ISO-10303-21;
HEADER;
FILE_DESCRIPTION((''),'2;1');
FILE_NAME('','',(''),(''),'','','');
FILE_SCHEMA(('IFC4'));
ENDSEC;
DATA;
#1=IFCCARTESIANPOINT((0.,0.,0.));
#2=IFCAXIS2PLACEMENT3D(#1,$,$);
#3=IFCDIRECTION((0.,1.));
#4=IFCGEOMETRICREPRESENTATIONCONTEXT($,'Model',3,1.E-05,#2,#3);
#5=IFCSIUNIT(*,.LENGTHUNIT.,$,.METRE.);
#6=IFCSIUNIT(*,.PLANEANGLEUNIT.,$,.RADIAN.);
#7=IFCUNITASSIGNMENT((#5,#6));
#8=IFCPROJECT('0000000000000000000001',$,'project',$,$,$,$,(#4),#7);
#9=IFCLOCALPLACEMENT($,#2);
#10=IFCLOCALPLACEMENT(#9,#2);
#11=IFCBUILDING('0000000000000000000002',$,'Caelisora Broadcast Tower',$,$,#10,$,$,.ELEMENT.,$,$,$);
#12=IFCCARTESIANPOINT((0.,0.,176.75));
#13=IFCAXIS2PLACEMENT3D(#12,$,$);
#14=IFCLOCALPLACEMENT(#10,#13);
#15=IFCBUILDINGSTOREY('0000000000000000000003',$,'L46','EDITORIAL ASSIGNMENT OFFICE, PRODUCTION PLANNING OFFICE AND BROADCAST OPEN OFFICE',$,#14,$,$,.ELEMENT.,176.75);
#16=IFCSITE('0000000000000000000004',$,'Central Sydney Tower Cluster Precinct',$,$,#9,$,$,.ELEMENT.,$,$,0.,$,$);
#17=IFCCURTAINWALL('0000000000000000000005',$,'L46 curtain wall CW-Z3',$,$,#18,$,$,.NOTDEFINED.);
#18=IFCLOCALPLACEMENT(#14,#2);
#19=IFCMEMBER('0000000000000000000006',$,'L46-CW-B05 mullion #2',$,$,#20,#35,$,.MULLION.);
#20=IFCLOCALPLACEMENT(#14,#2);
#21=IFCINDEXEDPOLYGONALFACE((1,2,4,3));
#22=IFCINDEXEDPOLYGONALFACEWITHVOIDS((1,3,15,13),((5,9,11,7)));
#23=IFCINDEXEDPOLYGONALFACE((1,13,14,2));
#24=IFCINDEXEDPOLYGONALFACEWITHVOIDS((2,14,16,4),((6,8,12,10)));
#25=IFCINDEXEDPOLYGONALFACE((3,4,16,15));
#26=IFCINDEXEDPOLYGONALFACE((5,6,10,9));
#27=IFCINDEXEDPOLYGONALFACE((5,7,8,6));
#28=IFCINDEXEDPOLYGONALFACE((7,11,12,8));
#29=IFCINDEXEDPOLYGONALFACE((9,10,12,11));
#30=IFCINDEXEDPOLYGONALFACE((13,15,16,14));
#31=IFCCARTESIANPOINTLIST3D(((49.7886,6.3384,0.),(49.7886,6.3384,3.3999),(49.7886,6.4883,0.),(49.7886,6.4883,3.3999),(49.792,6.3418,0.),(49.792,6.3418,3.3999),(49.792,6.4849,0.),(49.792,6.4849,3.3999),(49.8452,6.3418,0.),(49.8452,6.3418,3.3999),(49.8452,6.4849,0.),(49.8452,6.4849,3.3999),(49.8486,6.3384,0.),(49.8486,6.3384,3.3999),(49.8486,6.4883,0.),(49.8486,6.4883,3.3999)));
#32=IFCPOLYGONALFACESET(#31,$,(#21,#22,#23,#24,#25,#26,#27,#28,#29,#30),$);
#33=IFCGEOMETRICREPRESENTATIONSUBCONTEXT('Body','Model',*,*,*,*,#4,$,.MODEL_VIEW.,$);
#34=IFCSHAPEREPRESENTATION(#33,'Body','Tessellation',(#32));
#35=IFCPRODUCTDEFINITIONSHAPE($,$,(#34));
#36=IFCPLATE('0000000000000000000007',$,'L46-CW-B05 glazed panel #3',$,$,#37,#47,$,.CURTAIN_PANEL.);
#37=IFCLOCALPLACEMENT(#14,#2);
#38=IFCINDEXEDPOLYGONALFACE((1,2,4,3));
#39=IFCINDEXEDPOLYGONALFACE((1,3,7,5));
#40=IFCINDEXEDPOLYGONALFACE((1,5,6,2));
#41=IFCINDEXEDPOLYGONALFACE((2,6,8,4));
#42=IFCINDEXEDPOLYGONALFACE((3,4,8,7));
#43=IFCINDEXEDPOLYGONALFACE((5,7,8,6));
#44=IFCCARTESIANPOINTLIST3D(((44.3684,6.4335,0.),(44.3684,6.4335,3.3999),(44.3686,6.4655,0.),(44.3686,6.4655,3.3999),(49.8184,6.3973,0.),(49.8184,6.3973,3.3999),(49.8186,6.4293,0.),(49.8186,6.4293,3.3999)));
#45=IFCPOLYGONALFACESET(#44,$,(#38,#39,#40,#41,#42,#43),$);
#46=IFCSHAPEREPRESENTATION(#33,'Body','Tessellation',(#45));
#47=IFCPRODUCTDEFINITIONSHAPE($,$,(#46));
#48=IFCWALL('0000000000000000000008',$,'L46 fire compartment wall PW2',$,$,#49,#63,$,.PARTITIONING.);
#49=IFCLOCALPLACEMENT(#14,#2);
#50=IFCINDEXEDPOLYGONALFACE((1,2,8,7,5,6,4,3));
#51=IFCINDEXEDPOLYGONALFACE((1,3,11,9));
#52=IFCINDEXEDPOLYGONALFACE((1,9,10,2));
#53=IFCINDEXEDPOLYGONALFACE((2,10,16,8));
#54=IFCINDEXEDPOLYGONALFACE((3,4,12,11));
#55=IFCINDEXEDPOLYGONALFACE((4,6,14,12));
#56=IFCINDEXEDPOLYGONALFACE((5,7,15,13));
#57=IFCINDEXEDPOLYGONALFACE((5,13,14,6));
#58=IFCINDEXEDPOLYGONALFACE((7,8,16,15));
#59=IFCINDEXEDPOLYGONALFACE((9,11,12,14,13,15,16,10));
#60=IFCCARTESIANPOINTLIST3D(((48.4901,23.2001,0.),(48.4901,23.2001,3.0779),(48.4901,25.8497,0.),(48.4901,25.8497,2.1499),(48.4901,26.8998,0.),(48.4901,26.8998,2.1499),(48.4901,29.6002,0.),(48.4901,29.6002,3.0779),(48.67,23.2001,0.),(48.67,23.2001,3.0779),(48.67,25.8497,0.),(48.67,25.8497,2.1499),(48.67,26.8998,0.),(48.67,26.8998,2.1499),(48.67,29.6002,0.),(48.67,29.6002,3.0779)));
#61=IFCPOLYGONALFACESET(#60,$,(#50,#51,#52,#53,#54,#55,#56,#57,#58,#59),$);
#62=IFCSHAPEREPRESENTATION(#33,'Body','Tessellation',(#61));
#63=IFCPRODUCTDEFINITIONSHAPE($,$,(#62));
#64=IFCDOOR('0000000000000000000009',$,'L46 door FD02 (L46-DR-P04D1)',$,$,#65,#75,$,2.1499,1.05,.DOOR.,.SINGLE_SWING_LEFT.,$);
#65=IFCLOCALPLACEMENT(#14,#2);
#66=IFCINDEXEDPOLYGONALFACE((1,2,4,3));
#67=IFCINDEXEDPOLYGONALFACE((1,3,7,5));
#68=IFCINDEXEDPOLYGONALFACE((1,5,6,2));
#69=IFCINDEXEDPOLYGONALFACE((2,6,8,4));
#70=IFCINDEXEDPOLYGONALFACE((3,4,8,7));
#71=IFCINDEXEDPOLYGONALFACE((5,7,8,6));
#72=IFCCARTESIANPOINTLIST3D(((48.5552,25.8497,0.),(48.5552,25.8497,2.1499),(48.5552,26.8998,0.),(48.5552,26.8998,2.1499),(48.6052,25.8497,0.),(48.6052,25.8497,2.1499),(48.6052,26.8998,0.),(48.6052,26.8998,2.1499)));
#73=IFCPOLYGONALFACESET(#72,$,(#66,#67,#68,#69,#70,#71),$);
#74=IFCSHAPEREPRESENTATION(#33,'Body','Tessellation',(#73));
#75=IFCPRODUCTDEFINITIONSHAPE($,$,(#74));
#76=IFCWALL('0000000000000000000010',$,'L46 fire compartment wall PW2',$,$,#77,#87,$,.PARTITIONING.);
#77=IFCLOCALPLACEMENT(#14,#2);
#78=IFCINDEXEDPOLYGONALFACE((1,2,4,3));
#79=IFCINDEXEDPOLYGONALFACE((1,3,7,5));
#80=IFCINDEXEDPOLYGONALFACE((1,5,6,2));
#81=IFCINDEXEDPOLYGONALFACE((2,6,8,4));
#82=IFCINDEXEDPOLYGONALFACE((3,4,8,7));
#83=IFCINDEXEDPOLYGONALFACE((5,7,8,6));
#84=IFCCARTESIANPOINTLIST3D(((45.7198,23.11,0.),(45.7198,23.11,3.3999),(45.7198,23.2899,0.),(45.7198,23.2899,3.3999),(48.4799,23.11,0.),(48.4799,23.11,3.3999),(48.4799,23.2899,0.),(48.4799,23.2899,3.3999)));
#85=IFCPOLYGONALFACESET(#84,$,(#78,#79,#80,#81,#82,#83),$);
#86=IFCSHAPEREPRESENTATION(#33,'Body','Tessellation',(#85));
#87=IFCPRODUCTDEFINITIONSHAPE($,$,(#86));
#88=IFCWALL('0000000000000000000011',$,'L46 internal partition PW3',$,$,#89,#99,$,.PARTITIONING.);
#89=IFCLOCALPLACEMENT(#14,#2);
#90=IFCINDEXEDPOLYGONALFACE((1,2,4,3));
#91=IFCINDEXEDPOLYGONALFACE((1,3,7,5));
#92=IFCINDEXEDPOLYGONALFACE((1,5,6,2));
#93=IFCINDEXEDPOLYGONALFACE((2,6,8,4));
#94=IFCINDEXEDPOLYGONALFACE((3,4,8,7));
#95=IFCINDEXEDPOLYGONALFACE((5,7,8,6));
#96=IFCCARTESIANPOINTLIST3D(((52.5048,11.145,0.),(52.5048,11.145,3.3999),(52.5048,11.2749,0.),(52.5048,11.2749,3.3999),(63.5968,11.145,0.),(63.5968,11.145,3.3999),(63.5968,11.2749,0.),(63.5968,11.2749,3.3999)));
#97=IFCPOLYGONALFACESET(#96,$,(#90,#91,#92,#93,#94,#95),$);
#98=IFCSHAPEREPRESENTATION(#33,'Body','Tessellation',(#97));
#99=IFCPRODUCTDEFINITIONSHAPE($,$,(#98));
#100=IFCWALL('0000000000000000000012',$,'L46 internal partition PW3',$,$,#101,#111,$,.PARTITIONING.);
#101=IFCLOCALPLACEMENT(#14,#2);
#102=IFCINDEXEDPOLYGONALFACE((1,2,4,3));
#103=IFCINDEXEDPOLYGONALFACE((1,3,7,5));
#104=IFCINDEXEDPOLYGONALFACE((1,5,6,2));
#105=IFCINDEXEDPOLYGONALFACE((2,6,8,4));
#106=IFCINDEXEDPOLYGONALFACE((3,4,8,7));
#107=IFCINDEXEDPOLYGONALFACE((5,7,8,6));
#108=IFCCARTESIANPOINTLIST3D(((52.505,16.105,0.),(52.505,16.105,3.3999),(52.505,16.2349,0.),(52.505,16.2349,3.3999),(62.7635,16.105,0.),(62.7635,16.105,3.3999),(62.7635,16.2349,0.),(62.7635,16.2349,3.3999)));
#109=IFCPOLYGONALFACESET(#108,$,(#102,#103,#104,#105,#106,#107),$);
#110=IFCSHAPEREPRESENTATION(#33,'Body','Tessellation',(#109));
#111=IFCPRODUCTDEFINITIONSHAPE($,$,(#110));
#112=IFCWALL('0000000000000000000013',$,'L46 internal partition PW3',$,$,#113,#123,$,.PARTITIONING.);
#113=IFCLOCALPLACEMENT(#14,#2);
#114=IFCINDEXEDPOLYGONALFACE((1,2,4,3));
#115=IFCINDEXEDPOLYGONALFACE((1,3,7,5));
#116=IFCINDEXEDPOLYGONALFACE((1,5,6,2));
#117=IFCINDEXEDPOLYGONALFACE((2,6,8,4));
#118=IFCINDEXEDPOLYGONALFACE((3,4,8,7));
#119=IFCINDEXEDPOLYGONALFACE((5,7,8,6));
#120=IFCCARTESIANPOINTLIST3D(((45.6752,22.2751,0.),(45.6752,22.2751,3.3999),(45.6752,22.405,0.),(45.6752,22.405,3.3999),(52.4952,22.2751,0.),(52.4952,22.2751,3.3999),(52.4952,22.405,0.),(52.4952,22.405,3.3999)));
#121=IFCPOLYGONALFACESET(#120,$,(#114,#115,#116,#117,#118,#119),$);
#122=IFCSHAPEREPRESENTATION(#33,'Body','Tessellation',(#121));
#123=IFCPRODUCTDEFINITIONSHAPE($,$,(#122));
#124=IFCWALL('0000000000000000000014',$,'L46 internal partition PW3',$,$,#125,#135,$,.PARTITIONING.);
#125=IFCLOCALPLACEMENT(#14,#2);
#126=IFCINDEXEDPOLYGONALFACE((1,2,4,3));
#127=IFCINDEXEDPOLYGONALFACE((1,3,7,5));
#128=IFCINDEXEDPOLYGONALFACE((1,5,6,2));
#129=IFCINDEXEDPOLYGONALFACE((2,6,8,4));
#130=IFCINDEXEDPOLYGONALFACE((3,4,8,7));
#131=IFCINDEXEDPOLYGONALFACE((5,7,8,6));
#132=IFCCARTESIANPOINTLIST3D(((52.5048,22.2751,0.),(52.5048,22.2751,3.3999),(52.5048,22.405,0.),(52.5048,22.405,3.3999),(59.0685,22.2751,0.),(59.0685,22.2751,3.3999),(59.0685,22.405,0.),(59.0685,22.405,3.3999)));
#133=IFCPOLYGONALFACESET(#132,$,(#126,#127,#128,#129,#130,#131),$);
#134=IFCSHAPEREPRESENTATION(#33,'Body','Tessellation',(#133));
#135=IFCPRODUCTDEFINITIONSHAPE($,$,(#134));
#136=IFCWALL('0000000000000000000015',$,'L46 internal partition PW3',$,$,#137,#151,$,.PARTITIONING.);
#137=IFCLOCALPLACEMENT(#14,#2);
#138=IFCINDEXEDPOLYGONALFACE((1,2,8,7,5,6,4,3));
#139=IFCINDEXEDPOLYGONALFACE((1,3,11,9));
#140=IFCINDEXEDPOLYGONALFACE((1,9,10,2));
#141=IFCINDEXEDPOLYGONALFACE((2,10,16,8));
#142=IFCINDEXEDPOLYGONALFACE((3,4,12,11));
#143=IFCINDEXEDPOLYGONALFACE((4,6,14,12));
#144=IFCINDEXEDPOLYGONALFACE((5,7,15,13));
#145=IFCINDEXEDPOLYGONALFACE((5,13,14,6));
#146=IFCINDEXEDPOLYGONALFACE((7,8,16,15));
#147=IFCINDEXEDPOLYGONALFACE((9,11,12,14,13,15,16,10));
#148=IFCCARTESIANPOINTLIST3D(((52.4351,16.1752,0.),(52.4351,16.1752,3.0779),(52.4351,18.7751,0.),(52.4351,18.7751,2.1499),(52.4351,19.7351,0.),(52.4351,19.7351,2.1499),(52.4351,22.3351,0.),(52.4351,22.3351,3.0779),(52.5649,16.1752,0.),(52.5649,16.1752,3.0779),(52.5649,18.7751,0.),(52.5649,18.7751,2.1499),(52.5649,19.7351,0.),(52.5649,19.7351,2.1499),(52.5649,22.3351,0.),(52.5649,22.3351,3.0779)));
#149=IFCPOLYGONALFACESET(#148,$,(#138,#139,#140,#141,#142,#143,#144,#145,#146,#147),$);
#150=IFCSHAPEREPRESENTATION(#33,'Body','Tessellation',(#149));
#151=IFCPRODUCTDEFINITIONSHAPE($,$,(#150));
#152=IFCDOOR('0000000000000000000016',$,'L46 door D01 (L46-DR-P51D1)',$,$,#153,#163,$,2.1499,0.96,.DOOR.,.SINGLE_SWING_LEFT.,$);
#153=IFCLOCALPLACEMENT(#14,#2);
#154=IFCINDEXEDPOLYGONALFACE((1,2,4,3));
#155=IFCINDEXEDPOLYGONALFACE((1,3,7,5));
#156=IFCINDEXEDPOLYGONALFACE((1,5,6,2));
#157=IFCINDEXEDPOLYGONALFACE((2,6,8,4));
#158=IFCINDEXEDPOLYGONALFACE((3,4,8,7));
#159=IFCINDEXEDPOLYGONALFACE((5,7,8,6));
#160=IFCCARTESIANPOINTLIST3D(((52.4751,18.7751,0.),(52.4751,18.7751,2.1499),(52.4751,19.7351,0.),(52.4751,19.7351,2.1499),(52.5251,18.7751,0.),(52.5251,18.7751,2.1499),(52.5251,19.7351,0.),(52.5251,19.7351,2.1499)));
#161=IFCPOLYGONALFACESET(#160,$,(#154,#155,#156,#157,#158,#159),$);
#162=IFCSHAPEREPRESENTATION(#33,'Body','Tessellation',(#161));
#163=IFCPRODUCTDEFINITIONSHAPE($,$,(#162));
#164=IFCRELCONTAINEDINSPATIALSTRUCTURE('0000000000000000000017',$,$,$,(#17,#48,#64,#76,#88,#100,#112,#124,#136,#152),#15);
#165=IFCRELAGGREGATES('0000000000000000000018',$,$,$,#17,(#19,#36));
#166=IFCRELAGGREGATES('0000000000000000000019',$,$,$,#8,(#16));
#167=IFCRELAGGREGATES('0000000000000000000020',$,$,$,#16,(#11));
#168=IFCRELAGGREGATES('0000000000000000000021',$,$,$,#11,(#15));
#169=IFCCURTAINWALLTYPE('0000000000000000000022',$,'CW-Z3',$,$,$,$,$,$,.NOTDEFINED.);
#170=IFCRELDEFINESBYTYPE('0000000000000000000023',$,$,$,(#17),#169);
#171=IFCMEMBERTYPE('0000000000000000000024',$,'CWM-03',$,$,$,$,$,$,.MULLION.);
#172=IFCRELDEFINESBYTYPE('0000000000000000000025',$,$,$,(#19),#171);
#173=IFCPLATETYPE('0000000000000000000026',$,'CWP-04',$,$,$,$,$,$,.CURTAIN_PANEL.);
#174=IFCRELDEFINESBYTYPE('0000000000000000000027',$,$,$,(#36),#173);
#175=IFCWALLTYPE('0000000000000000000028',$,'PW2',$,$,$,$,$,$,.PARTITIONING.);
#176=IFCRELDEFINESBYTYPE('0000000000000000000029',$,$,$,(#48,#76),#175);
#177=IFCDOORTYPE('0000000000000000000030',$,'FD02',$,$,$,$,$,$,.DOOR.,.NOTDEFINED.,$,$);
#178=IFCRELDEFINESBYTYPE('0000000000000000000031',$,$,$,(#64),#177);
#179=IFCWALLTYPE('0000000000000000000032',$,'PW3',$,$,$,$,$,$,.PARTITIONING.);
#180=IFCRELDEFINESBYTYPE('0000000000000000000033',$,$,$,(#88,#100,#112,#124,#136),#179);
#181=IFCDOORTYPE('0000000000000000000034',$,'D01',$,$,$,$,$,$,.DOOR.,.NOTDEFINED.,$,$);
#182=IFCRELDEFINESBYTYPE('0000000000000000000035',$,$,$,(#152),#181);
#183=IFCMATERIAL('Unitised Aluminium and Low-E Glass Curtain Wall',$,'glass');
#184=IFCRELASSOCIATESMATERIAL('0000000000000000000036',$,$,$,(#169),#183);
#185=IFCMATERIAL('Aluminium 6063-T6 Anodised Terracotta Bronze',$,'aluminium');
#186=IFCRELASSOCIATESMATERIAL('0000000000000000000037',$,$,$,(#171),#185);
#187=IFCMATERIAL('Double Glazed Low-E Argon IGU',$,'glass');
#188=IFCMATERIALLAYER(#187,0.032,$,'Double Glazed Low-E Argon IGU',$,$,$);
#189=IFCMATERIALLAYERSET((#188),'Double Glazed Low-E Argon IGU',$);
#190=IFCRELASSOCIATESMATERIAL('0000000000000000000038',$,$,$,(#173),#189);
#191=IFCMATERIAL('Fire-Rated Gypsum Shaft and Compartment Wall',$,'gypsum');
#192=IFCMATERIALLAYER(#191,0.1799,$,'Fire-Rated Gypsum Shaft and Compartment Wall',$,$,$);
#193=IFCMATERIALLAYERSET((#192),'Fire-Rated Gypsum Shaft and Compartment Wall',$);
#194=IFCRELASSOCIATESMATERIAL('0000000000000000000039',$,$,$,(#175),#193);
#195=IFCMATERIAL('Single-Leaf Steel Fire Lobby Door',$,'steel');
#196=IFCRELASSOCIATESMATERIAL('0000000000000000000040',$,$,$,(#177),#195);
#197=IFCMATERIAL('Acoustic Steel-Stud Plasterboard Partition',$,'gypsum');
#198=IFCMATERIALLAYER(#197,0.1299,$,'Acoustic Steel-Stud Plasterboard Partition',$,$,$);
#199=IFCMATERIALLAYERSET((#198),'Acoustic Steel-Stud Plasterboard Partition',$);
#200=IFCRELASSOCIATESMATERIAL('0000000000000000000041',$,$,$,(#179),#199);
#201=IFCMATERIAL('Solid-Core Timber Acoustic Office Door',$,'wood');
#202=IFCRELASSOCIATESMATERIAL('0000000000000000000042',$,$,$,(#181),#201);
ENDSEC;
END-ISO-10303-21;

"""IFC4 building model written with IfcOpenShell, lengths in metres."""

from ifc_helpers import new_model, si_unit, direction, frame, frame_2d, origin, origin_2d, place, context, subcontext, project, spatial, rectangle, hollow_rectangle, extrude, source, transform, mapped, material, layer, layer_set, material_profile, profile_set, type_object, type_shapes, element, fill, aggregate, save


model = new_model("IFC4")

# Units and contexts
model_context = context("Model", 3, precision=1e-05, world=origin(), true_north=direction((0.0, 1.0)))
body_context = subcontext(model_context, "Body", "Model", "MODEL_VIEW")
ifc_project = project(units=[si_unit("LENGTHUNIT", "METRE"), si_unit("PLANEANGLEUNIT", "RADIAN")], contexts=[model_context])

# Site, building, storey
site_placement = place(None, origin())
site = spatial("IfcSite", under=ifc_project, at=site_placement, Name="Central Sydney Tower Cluster Precinct", CompositionType="ELEMENT", RefElevation=0.0)
building_placement = place(site_placement, origin())
building = spatial("IfcBuilding", under=site, at=building_placement, Name="Caelisora Broadcast Tower", CompositionType="ELEMENT")
storey_placement = place(building_placement, frame((0.0, 0.0, 176.75)))
storey = spatial("IfcBuildingStorey", under=building, at=storey_placement, Name="L46", Description="EDITORIAL ASSIGNMENT OFFICE, PRODUCTION PLANNING OFFICE AND BROADCAST OPEN OFFICE", CompositionType="ELEMENT", Elevation=176.75)

# Curtain wall, member, plate
ifc_material_1 = material(Name="Unitised Aluminium and Low-E Glass Curtain Wall", Category="glass")
curtain_wall_type = type_object("IfcCurtainWallType", Name="CW-Z3", PredefinedType="NOTDEFINED", material=ifc_material_1)
curtain_wall_placement = place(storey_placement, origin())
curtain_wall = element("IfcCurtainWall", 1, at=curtain_wall_placement, inside=storey, type_object=curtain_wall_type, Name="L46 curtain wall CW-Z3", PredefinedType="NOTDEFINED")
ifc_material_2 = material(Name="Aluminium 6063-T6 Anodised Terracotta Bronze", Category="aluminium")
ifc_material_profile_1 = material_profile(ifc_material_2, hollow_rectangle(XDim=0.0601, YDim=0.1499, WallThickness=0.0034, at=origin_2d()), Name="Aluminium 6063-T6 Anodised Terracotta Bronze")
ifc_profile_set_1 = profile_set([ifc_material_profile_1], Name="Aluminium 6063-T6 Anodised Terracotta Bronze")
member_type = type_object("IfcMemberType", Name="CWM-03", PredefinedType="MULLION", material=ifc_profile_set_1)
shared_shape_1 = source(origin(), body_context, "Body", "SweptSolid", [
    extrude(hollow_rectangle(XDim=0.0601, YDim=0.1499, WallThickness=0.0034, at=origin_2d()), origin(), (0.0, 0.0, 1.0), 3.3999),
])
type_shapes(member_type, [shared_shape_1])
member_placement = place(storey_placement, frame((49.8186, 6.4133, 0.0), z_axis=(0.0, 0.0, 1.0), x_axis=(1.0, 0.0, 0.0)))
member = element("IfcMember", 2, at=member_placement, type_object=member_type, Name="L46-CW-B05 mullion #2", PredefinedType="MULLION", context=body_context, shape_type="MappedRepresentation", body=[
    mapped(shared_shape_1, transform((0.0, 0.0, 0.0), scale=1.0)),
])
ifc_material_3 = material(Name="Double Glazed Low-E Argon IGU", Category="glass")
ifc_layer_1 = layer(ifc_material_3, 0.032, Name="Double Glazed Low-E Argon IGU")
ifc_layer_set_1 = layer_set([ifc_layer_1], Name="Double Glazed Low-E Argon IGU")
plate_type = type_object("IfcPlateType", Name="CWP-04", PredefinedType="CURTAIN_PANEL", material=ifc_layer_set_1)
shared_shape_2 = source(origin(), body_context, "Body", "SweptSolid", [
    extrude(rectangle(XDim=5.4502, YDim=0.032, at=origin_2d()), origin(), (0.0, 0.0, 1.0), 3.3999),
])
type_shapes(plate_type, [shared_shape_2])
plate_placement = place(storey_placement, frame((47.0935, 6.4314, 0.0), z_axis=(0.0, 0.0, 1.0), x_axis=(-0.999978, 0.006632, 0.0)))
plate = element("IfcPlate", 3, at=plate_placement, type_object=plate_type, Name="L46-CW-B05 glazed panel #3", PredefinedType="CURTAIN_PANEL", context=body_context, shape_type="MappedRepresentation", body=[
    mapped(shared_shape_2, transform((0.0, 0.0, 0.0), scale=1.0)),
])
aggregate(curtain_wall, [member, plate])

# Wall, opening, door
ifc_material_4 = material(Name="Fire-Rated Gypsum Shaft and Compartment Wall", Category="gypsum")
ifc_layer_2 = layer(ifc_material_4, 0.1799, Name="Fire-Rated Gypsum Shaft and Compartment Wall")
ifc_layer_set_2 = layer_set([ifc_layer_2], Name="Fire-Rated Gypsum Shaft and Compartment Wall")
wall_type_1 = type_object("IfcWallType", Name="PW2", PredefinedType="PARTITIONING", material=ifc_layer_set_2)
wall_1_placement = place(storey_placement, frame((48.5801, 23.2, 0.0), z_axis=(0.0, 0.0, 1.0), x_axis=(0.0, 1.0, 0.0)))
wall_1 = element("IfcWall", 4, at=wall_1_placement, inside=storey, type_object=wall_type_1, Name="L46 fire compartment wall PW2", PredefinedType="PARTITIONING", context=body_context, shape_type="SweptSolid", body=[
    extrude(rectangle(XDim=6.4001, YDim=0.1799, at=frame_2d((3.2002, 0.0))), origin(), (0.0, 0.0, 1.0), 3.0779),
])
opening_1_placement = place(wall_1_placement, frame((2.6499, 0.0, 0.0)))
opening_1 = element("IfcOpeningElement", 5, at=opening_1_placement, cuts=wall_1, PredefinedType="OPENING", context=body_context, shape_type="SweptSolid", body=[
    extrude(rectangle(XDim=1.05, YDim=2.1499, at=frame_2d((0.5249, 1.075))), frame((0.0, 0.1021, 0.0), z_axis=(0.0, -1.0, 0.0), x_axis=(1.0, 0.0, 0.0)), (0.0, 0.0, 1.0), 0.2039),
])
ifc_material_5 = material(Name="Single-Leaf Steel Fire Lobby Door", Category="steel")
door_type_1 = type_object("IfcDoorType", Name="FD02", OperationType="NOTDEFINED", PredefinedType="DOOR", material=ifc_material_5)
door_1_placement = place(opening_1_placement, origin())
door_1 = element("IfcDoor", 6, at=door_1_placement, inside=storey, type_object=door_type_1, Name="L46 door FD02 (L46-DR-P04D1)", OperationType="SINGLE_SWING_LEFT", OverallHeight=2.1499, OverallWidth=1.05, PredefinedType="DOOR", context=body_context, shape_type="SweptSolid", body=[
    extrude(rectangle(XDim=1.05, YDim=2.1499, at=frame_2d((0.5249, 1.075))), frame((0.0, 0.0249, 0.0), z_axis=(0.0, -1.0, 0.0), x_axis=(1.0, 0.0, 0.0)), (0.0, 0.0, 1.0), 0.05),
])
fill(opening_1, door_1)

# Walls
wall_2_placement = place(storey_placement, frame((45.72, 23.2, 0.0), z_axis=(0.0, 0.0, 1.0), x_axis=(1.0, 0.0, 0.0)))
element("IfcWall", 7, at=wall_2_placement, inside=storey, type_object=wall_type_1, Name="L46 fire compartment wall PW2", PredefinedType="PARTITIONING", context=body_context, shape_type="SweptSolid", body=[
    extrude(rectangle(XDim=2.76, YDim=0.1799, at=frame_2d((1.3799, 0.0))), origin(), (0.0, 0.0, 1.0), 3.3999),
])
ifc_material_6 = material(Name="Acoustic Steel-Stud Plasterboard Partition", Category="gypsum")
ifc_layer_3 = layer(ifc_material_6, 0.1299, Name="Acoustic Steel-Stud Plasterboard Partition")
ifc_layer_set_3 = layer_set([ifc_layer_3], Name="Acoustic Steel-Stud Plasterboard Partition")
wall_type_2 = type_object("IfcWallType", Name="PW3", PredefinedType="PARTITIONING", material=ifc_layer_set_3)
wall_3_placement = place(storey_placement, frame((52.5049, 11.21, 0.0), z_axis=(0.0, 0.0, 1.0), x_axis=(1.0, 0.0, 0.0)))
element("IfcWall", 8, at=wall_3_placement, inside=storey, type_object=wall_type_2, Name="L46 internal partition PW3", PredefinedType="PARTITIONING", context=body_context, shape_type="SweptSolid", body=[
    extrude(rectangle(XDim=11.092, YDim=0.1299, at=frame_2d((5.5459, 0.0))), origin(), (0.0, 0.0, 1.0), 3.3999),
])
wall_4_placement = place(storey_placement, frame((52.5049, 16.1699, 0.0), z_axis=(0.0, 0.0, 1.0), x_axis=(1.0, 0.0, 0.0)))
element("IfcWall", 9, at=wall_4_placement, inside=storey, type_object=wall_type_2, Name="L46 internal partition PW3", PredefinedType="PARTITIONING", context=body_context, shape_type="SweptSolid", body=[
    extrude(rectangle(XDim=10.2585, YDim=0.1299, at=frame_2d((5.1294, 0.0))), origin(), (0.0, 0.0, 1.0), 3.3999),
])
wall_5_placement = place(storey_placement, frame((45.675, 22.3401, 0.0), z_axis=(0.0, 0.0, 1.0), x_axis=(1.0, 0.0, 0.0)))
element("IfcWall", 10, at=wall_5_placement, inside=storey, type_object=wall_type_2, Name="L46 internal partition PW3", PredefinedType="PARTITIONING", context=body_context, shape_type="SweptSolid", body=[
    extrude(rectangle(XDim=6.8201, YDim=0.1299, at=frame_2d((3.4102, 0.0))), origin(), (0.0, 0.0, 1.0), 3.3999),
])
wall_6_placement = place(storey_placement, frame((52.5049, 22.3401, 0.0), z_axis=(0.0, 0.0, 1.0), x_axis=(1.0, 0.0, 0.0)))
element("IfcWall", 11, at=wall_6_placement, inside=storey, type_object=wall_type_2, Name="L46 internal partition PW3", PredefinedType="PARTITIONING", context=body_context, shape_type="SweptSolid", body=[
    extrude(rectangle(XDim=6.5637, YDim=0.1299, at=frame_2d((3.2817, 0.0))), origin(), (0.0, 0.0, 1.0), 3.3999),
])

# Wall, opening, door
wall_7_placement = place(storey_placement, frame((52.5, 16.175, 0.0), z_axis=(0.0, 0.0, 1.0), x_axis=(0.0, 1.0, 0.0)))
wall_7 = element("IfcWall", 12, at=wall_7_placement, inside=storey, type_object=wall_type_2, Name="L46 internal partition PW3", PredefinedType="PARTITIONING", context=body_context, shape_type="SweptSolid", body=[
    extrude(rectangle(XDim=6.1599, YDim=0.1299, at=frame_2d((3.0801, 0.0))), origin(), (0.0, 0.0, 1.0), 3.0779),
])
opening_2_placement = place(wall_7_placement, frame((2.6001, 0.0, 0.0)))
opening_2 = element("IfcOpeningElement", 13, at=opening_2_placement, cuts=wall_7, PredefinedType="OPENING", context=body_context, shape_type="SweptSolid", body=[
    extrude(rectangle(XDim=0.96, YDim=2.1499, at=frame_2d((0.48, 1.075))), frame((0.0, 0.0769, 0.0), z_axis=(0.0, -1.0, 0.0), x_axis=(1.0, 0.0, 0.0)), (0.0, 0.0, 1.0), 0.1538),
])
ifc_material_7 = material(Name="Solid-Core Timber Acoustic Office Door", Category="wood")
door_type_2 = type_object("IfcDoorType", Name="D01", OperationType="NOTDEFINED", PredefinedType="DOOR", material=ifc_material_7)
door_2_placement = place(opening_2_placement, origin())
door_2 = element("IfcDoor", 14, at=door_2_placement, inside=storey, type_object=door_type_2, Name="L46 door D01 (L46-DR-P51D1)", OperationType="SINGLE_SWING_LEFT", OverallHeight=2.1499, OverallWidth=0.96, PredefinedType="DOOR", context=body_context, shape_type="SweptSolid", body=[
    extrude(rectangle(XDim=0.96, YDim=2.1499, at=frame_2d((0.48, 1.075))), frame((0.0, 0.0249, 0.0), z_axis=(0.0, -1.0, 0.0), x_axis=(1.0, 0.0, 0.0)), (0.0, 0.0, 1.0), 0.05),
])
fill(opening_2, door_2)

save(model, "model.ifc")
